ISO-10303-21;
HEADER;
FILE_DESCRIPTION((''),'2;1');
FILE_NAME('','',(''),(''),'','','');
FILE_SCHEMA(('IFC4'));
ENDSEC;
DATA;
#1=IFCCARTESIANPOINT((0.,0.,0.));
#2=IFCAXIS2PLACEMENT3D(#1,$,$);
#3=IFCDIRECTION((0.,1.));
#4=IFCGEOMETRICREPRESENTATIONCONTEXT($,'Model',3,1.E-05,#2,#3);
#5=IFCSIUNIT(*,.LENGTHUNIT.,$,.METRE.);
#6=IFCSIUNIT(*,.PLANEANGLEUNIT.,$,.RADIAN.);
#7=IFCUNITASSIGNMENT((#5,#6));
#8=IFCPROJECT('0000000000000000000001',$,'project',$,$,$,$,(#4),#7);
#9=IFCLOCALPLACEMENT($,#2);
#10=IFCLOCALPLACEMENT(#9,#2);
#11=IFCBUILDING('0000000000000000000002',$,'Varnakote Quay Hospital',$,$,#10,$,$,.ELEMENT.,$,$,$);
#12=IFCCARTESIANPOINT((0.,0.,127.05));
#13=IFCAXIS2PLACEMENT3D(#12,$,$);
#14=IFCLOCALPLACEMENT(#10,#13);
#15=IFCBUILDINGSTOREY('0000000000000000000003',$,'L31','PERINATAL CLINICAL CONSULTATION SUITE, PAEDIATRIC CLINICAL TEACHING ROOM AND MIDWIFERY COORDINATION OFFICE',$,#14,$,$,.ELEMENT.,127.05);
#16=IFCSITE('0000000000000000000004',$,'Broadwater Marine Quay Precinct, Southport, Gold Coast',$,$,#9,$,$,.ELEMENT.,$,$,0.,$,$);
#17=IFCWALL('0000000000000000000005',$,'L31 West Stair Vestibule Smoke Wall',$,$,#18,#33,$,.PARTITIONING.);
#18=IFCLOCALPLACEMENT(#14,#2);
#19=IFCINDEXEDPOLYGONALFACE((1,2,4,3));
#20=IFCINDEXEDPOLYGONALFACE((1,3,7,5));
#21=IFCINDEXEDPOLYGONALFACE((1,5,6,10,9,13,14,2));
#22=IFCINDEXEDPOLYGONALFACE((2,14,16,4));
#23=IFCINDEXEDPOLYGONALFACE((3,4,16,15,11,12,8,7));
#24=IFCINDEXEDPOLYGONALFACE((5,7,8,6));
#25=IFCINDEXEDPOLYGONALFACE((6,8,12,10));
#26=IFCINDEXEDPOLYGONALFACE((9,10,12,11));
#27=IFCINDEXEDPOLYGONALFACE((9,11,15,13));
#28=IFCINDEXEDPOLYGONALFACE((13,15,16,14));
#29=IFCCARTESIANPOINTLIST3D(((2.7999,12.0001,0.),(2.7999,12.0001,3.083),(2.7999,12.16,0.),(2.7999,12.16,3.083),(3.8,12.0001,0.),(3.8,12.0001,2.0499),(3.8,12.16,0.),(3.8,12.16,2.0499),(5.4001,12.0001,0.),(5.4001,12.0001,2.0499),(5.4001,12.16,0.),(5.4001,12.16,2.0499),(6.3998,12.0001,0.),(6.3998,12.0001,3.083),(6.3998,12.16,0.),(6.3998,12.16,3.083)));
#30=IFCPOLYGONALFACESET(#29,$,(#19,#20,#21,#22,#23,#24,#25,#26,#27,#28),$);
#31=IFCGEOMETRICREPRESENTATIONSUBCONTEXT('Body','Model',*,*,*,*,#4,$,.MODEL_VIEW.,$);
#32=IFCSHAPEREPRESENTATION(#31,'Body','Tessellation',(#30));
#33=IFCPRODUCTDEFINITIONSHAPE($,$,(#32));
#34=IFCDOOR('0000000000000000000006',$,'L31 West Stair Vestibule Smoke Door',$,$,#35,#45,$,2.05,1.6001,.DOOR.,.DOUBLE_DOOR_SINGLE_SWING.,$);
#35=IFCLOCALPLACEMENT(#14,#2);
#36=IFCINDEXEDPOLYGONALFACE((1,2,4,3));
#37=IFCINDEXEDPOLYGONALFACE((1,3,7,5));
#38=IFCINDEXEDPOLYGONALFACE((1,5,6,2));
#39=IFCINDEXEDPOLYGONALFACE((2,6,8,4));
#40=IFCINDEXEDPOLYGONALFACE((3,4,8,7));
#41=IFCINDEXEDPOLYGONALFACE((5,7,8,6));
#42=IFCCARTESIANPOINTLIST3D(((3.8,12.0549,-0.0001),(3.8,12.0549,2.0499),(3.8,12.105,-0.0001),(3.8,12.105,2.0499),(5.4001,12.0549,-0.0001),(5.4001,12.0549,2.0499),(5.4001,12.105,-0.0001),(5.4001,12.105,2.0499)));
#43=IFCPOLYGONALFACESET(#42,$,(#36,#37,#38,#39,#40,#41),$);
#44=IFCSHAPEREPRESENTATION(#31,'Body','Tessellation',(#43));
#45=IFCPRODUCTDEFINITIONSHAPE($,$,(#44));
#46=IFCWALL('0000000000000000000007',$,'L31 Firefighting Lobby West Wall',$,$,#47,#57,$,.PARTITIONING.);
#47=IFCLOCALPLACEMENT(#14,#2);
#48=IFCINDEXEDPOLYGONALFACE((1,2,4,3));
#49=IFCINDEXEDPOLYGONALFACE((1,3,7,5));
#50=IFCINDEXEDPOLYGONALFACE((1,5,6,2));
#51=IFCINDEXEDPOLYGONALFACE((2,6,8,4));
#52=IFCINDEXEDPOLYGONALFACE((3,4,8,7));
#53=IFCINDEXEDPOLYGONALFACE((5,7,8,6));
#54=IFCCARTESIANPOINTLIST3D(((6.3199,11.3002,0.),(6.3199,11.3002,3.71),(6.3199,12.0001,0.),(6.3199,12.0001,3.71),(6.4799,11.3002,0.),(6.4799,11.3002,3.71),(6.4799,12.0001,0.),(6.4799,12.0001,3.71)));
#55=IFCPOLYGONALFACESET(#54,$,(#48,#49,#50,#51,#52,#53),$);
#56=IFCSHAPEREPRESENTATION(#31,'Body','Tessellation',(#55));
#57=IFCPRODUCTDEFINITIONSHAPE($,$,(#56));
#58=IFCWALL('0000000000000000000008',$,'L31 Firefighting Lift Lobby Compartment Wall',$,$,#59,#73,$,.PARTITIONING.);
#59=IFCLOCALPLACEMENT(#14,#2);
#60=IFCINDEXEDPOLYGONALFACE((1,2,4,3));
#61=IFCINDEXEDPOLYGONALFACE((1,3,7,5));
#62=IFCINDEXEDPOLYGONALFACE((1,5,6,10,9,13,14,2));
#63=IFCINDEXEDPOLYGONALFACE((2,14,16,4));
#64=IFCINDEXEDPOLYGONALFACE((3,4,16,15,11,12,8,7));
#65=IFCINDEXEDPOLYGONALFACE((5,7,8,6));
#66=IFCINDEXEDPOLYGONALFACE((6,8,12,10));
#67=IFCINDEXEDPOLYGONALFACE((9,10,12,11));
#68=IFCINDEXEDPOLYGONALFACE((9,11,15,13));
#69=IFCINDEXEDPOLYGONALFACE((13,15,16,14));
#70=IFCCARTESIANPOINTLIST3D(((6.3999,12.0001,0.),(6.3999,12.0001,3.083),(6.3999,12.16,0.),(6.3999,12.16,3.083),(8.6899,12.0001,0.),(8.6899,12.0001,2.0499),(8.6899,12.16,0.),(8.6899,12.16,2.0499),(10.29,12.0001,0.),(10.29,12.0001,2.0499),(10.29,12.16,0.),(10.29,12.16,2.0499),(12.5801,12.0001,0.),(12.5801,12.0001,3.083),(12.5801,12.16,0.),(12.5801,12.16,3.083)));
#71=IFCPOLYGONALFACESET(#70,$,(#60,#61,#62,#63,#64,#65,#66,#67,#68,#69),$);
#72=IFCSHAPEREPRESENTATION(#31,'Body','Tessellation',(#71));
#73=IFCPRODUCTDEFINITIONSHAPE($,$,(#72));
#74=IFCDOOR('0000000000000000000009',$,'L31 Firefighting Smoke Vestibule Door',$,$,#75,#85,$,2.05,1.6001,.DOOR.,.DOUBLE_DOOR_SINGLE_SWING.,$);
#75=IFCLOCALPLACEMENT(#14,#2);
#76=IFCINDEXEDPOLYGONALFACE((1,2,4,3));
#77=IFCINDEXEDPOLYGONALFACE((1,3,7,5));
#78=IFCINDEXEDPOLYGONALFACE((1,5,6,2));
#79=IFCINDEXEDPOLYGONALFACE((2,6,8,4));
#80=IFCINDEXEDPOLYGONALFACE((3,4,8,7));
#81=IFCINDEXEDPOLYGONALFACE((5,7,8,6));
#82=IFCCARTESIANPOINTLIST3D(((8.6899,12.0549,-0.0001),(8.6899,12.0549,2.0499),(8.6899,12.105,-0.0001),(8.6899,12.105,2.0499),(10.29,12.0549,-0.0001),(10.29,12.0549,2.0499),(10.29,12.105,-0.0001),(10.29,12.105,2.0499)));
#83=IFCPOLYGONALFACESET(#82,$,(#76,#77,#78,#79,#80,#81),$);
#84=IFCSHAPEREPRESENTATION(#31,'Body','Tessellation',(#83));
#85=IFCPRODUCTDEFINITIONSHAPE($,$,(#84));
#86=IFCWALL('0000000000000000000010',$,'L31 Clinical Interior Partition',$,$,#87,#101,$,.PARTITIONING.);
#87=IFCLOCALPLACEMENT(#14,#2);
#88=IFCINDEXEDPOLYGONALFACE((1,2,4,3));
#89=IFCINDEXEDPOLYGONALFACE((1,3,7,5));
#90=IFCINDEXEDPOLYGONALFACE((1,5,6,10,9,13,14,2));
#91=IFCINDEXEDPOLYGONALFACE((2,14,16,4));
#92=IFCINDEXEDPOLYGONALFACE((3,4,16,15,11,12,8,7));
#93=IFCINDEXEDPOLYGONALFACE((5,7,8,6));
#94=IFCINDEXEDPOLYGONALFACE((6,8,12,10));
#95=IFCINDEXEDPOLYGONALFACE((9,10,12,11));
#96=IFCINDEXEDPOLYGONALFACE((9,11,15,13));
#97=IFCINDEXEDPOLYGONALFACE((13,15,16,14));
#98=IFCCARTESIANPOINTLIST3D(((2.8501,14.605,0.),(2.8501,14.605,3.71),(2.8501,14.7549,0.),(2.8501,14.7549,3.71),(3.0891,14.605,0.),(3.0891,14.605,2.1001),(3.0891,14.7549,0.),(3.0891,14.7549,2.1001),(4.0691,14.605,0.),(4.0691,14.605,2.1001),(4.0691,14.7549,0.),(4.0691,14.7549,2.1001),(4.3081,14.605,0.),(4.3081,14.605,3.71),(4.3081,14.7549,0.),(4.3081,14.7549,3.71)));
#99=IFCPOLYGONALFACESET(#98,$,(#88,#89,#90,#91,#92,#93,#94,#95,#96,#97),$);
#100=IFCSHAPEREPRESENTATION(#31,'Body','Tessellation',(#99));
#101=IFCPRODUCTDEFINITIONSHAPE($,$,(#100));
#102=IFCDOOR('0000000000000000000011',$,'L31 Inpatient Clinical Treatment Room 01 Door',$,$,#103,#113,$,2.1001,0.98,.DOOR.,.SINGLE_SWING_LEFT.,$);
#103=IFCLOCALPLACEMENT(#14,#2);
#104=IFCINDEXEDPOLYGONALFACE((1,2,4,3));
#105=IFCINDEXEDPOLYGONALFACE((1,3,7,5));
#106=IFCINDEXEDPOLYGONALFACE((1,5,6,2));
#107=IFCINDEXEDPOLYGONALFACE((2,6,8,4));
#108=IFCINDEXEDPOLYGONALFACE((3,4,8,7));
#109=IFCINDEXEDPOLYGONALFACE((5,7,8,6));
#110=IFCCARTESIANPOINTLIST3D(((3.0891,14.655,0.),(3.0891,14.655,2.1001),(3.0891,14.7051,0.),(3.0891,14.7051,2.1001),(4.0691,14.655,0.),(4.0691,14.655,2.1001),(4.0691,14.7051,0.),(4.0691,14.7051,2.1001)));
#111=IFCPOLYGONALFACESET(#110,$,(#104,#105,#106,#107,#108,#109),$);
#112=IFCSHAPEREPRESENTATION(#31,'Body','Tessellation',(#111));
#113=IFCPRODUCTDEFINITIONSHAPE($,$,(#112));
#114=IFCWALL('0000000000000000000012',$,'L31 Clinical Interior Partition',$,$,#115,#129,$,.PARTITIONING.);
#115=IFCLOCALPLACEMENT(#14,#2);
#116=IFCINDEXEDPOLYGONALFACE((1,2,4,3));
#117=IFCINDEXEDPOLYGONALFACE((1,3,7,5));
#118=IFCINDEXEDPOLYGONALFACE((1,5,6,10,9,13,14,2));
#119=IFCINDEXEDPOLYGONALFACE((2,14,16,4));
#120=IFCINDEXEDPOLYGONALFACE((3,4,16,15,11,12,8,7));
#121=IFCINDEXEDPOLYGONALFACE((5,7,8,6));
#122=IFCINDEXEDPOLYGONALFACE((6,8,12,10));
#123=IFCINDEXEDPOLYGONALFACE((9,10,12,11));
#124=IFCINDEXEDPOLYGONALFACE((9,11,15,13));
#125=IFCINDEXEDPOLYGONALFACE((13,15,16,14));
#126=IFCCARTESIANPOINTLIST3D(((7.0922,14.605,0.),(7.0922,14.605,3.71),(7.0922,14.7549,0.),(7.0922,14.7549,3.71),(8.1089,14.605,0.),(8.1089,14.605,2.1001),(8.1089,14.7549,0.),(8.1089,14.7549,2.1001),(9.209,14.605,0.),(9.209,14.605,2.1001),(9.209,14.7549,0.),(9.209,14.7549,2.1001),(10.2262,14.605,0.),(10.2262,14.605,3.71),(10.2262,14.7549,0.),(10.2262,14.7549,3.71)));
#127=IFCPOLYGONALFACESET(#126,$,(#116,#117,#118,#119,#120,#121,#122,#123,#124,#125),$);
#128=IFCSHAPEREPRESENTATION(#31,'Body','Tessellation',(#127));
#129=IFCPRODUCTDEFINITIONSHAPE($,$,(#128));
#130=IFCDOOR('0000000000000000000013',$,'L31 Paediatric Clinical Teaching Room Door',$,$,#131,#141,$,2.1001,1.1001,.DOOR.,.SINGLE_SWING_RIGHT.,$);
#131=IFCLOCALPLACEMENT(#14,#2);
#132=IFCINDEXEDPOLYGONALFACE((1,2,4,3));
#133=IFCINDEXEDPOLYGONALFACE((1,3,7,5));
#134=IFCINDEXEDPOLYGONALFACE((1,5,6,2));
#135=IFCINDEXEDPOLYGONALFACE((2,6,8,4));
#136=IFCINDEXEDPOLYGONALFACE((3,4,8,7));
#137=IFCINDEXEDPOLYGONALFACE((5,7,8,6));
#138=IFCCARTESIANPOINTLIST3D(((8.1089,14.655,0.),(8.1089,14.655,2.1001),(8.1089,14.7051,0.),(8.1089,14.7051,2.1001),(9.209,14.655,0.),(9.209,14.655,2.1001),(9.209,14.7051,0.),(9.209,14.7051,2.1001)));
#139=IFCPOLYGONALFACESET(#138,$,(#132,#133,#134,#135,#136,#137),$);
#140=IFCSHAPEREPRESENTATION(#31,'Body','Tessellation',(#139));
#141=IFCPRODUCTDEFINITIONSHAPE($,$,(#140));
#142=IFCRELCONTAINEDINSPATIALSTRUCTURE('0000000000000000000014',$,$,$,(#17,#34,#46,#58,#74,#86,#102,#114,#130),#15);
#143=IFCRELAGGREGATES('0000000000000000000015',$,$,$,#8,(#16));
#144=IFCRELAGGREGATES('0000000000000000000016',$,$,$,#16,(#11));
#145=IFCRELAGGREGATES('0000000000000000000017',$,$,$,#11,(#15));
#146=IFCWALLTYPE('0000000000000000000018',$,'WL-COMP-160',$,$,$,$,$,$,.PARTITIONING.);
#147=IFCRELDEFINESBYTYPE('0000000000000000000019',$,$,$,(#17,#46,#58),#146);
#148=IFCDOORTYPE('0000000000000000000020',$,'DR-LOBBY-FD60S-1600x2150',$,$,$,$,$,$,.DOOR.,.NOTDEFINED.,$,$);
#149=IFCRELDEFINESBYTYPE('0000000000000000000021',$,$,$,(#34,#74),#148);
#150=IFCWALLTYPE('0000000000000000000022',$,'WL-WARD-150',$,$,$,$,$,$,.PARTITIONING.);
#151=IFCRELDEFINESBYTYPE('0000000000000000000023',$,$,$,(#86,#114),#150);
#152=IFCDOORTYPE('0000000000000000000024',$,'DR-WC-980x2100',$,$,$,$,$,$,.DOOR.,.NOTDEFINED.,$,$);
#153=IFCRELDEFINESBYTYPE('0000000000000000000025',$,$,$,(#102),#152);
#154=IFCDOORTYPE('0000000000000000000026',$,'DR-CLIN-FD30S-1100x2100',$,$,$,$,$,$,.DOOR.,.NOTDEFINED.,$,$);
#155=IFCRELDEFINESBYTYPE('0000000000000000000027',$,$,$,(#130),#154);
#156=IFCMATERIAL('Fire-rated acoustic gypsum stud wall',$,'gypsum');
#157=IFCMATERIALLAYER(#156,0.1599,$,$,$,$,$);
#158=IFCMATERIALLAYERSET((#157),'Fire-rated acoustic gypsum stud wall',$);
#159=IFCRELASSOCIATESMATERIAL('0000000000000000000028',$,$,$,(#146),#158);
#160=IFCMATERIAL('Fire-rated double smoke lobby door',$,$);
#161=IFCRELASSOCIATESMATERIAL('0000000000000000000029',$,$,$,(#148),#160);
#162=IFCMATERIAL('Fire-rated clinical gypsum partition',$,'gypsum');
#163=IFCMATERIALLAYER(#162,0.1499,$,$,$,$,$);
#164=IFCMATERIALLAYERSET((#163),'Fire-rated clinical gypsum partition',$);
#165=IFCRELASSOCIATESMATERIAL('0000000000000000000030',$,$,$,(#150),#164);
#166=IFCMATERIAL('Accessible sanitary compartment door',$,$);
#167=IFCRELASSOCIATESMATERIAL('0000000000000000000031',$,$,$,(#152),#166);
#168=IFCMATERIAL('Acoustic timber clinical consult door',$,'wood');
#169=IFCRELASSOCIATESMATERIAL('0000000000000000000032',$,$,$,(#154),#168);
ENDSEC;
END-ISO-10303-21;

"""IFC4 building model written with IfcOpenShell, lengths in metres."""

from ifc_helpers import new_model, si_unit, direction, frame, frame_2d, origin, place, context, subcontext, project, spatial, rectangle, extrude, material, layer, layer_set, type_object, element, fill, save


model = new_model("IFC4")

# Units and contexts
model_context = context("Model", 3, precision=1e-05, world=origin(), true_north=direction((0.0, 1.0)))
body_context = subcontext(model_context, "Body", "Model", "MODEL_VIEW")
ifc_project = project(units=[si_unit("LENGTHUNIT", "METRE"), si_unit("PLANEANGLEUNIT", "RADIAN")], contexts=[model_context])

# Site, building, storey
site_placement = place(None, origin())
site = spatial("IfcSite", under=ifc_project, at=site_placement, Name="Broadwater Marine Quay Precinct, Southport, Gold Coast", CompositionType="ELEMENT", RefElevation=0.0)
building_placement = place(site_placement, origin())
building = spatial("IfcBuilding", under=site, at=building_placement, Name="Varnakote Quay Hospital", CompositionType="ELEMENT")
storey_placement = place(building_placement, frame((0.0, 0.0, 127.05)))
storey = spatial("IfcBuildingStorey", under=building, at=storey_placement, Name="L31", Description="PERINATAL CLINICAL CONSULTATION SUITE, PAEDIATRIC CLINICAL TEACHING ROOM AND MIDWIFERY COORDINATION OFFICE", CompositionType="ELEMENT", Elevation=127.05)

# Shared definitions
ifc_material_1 = material(Name="Fire-rated acoustic gypsum stud wall", Category="gypsum")
ifc_layer_1 = layer(ifc_material_1, 0.1599)
ifc_layer_set_1 = layer_set([ifc_layer_1], Name="Fire-rated acoustic gypsum stud wall")
wall_type_1 = type_object("IfcWallType", Name="WL-COMP-160", PredefinedType="PARTITIONING", material=ifc_layer_set_1)

# Wall, opening, door
wall_1_placement = place(storey_placement, frame((2.8, 12.0801, 0.0), z_axis=(0.0, 0.0, 1.0), x_axis=(1.0, 0.0, 0.0)))
wall_1 = element("IfcWall", 1, at=wall_1_placement, inside=storey, type_object=wall_type_1, Name="L31 West Stair Vestibule Smoke Wall", PredefinedType="PARTITIONING", context=body_context, shape_type="SweptSolid", body=[
    extrude(rectangle(XDim=3.5999, YDim=0.1599, at=frame_2d((1.7998, 0.0))), origin(), (0.0, 0.0, 1.0), 3.083),
])
opening_1_placement = place(wall_1_placement, frame((1.0, 0.0, 0.0)))
opening_1 = element("IfcOpeningElement", 2, at=opening_1_placement, cuts=wall_1, PredefinedType="OPENING", context=body_context, shape_type="SweptSolid", body=[
    extrude(rectangle(XDim=1.6001, YDim=2.05, at=frame_2d((0.8, 1.0249))), frame((0.0, 0.0898, 0.0), z_axis=(0.0, -1.0, 0.0), x_axis=(1.0, 0.0, 0.0)), (0.0, 0.0, 1.0), 0.1799),
])
ifc_material_2 = material(Name="Fire-rated double smoke lobby door")
door_type_1 = type_object("IfcDoorType", Name="DR-LOBBY-FD60S-1600x2150", OperationType="NOTDEFINED", PredefinedType="DOOR", material=ifc_material_2)
door_1_placement = place(opening_1_placement, origin())
door_1 = element("IfcDoor", 3, at=door_1_placement, inside=storey, type_object=door_type_1, Name="L31 West Stair Vestibule Smoke Door", OperationType="DOUBLE_DOOR_SINGLE_SWING", OverallHeight=2.05, OverallWidth=1.6001, PredefinedType="DOOR", context=body_context, shape_type="SweptSolid", body=[
    extrude(rectangle(XDim=1.6001, YDim=2.05, at=frame_2d((0.8, 1.0249))), frame((0.0, 0.0249, 0.0), z_axis=(0.0, -1.0, 0.0), x_axis=(1.0, 0.0, 0.0)), (0.0, 0.0, 1.0), 0.05),
])
fill(opening_1, door_1)

# Wall
wall_2_placement = place(storey_placement, frame((6.3999, 11.3, 0.0), z_axis=(0.0, 0.0, 1.0), x_axis=(0.0, 1.0, 0.0)))
element("IfcWall", 4, at=wall_2_placement, inside=storey, type_object=wall_type_1, Name="L31 Firefighting Lobby West Wall", PredefinedType="PARTITIONING", context=body_context, shape_type="SweptSolid", body=[
    extrude(rectangle(XDim=0.7, YDim=0.1599, at=frame_2d((0.3501, 0.0))), origin(), (0.0, 0.0, 1.0), 3.71),
])

# Walls, openings, doors
wall_3_placement = place(storey_placement, frame((6.3999, 12.0801, 0.0), z_axis=(0.0, 0.0, 1.0), x_axis=(1.0, 0.0, 0.0)))
wall_3 = element("IfcWall", 5, at=wall_3_placement, inside=storey, type_object=wall_type_1, Name="L31 Firefighting Lift Lobby Compartment Wall", PredefinedType="PARTITIONING", context=body_context, shape_type="SweptSolid", body=[
    extrude(rectangle(XDim=6.1802, YDim=0.1599, at=frame_2d((3.0901, 0.0))), origin(), (0.0, 0.0, 1.0), 3.083),
])
opening_2_placement = place(wall_3_placement, frame((2.29, 0.0, 0.0)))
opening_2 = element("IfcOpeningElement", 6, at=opening_2_placement, cuts=wall_3, PredefinedType="OPENING", context=body_context, shape_type="SweptSolid", body=[
    extrude(rectangle(XDim=1.6001, YDim=2.05, at=frame_2d((0.8, 1.0249))), frame((0.0, 0.0898, 0.0), z_axis=(0.0, -1.0, 0.0), x_axis=(1.0, 0.0, 0.0)), (0.0, 0.0, 1.0), 0.1799),
])
door_2_placement = place(opening_2_placement, origin())
door_2 = element("IfcDoor", 7, at=door_2_placement, inside=storey, type_object=door_type_1, Name="L31 Firefighting Smoke Vestibule Door", OperationType="DOUBLE_DOOR_SINGLE_SWING", OverallHeight=2.05, OverallWidth=1.6001, PredefinedType="DOOR", context=body_context, shape_type="SweptSolid", body=[
    extrude(rectangle(XDim=1.6001, YDim=2.05, at=frame_2d((0.8, 1.0249))), frame((0.0, 0.0249, 0.0), z_axis=(0.0, -1.0, 0.0), x_axis=(1.0, 0.0, 0.0)), (0.0, 0.0, 1.0), 0.05),
])
fill(opening_2, door_2)
ifc_material_3 = material(Name="Fire-rated clinical gypsum partition", Category="gypsum")
ifc_layer_2 = layer(ifc_material_3, 0.1499)
ifc_layer_set_2 = layer_set([ifc_layer_2], Name="Fire-rated clinical gypsum partition")
wall_type_2 = type_object("IfcWallType", Name="WL-WARD-150", PredefinedType="PARTITIONING", material=ifc_layer_set_2)
wall_4_placement = place(storey_placement, frame((4.3081, 14.6799, 0.0), z_axis=(0.0, 0.0, 1.0), x_axis=(-1.0, 0.0, 0.0)))
wall_4 = element("IfcWall", 8, at=wall_4_placement, inside=storey, type_object=wall_type_2, Name="L31 Clinical Interior Partition", PredefinedType="PARTITIONING", context=body_context, shape_type="SweptSolid", body=[
    extrude(rectangle(XDim=1.458, YDim=0.1499, at=frame_2d((0.729, 0.0))), origin(), (0.0, 0.0, 1.0), 3.71),
])
opening_3_placement = place(wall_4_placement, frame((0.239, 0.0, 0.0)))
opening_3 = element("IfcOpeningElement", 9, at=opening_3_placement, cuts=wall_4, PredefinedType="OPENING", context=body_context, shape_type="SweptSolid", body=[
    extrude(rectangle(XDim=0.98, YDim=2.1001, at=frame_2d((0.49, 1.05))), frame((0.0, 0.085, 0.0), z_axis=(0.0, -1.0, 0.0), x_axis=(1.0, 0.0, 0.0)), (0.0, 0.0, 1.0), 0.1699),
])
ifc_material_4 = material(Name="Accessible sanitary compartment door")
door_type_2 = type_object("IfcDoorType", Name="DR-WC-980x2100", OperationType="NOTDEFINED", PredefinedType="DOOR", material=ifc_material_4)
door_3_placement = place(opening_3_placement, origin())
door_3 = element("IfcDoor", 10, at=door_3_placement, inside=storey, type_object=door_type_2, Name="L31 Inpatient Clinical Treatment Room 01 Door", OperationType="SINGLE_SWING_LEFT", OverallHeight=2.1001, OverallWidth=0.98, PredefinedType="DOOR", context=body_context, shape_type="SweptSolid", body=[
    extrude(rectangle(XDim=0.98, YDim=2.1001, at=frame_2d((0.49, 1.05))), frame((0.0, 0.0249, 0.0), z_axis=(0.0, -1.0, 0.0), x_axis=(1.0, 0.0, 0.0)), (0.0, 0.0, 1.0), 0.05),
])
fill(opening_3, door_3)
wall_5_placement = place(storey_placement, frame((10.2261, 14.6799, 0.0), z_axis=(0.0, 0.0, 1.0), x_axis=(-1.0, 0.0, 0.0)))
wall_5 = element("IfcWall", 11, at=wall_5_placement, inside=storey, type_object=wall_type_2, Name="L31 Clinical Interior Partition", PredefinedType="PARTITIONING", context=body_context, shape_type="SweptSolid", body=[
    extrude(rectangle(XDim=3.134, YDim=0.1499, at=frame_2d((1.5669, 0.0))), origin(), (0.0, 0.0, 1.0), 3.71),
])
opening_4_placement = place(wall_5_placement, frame((1.0171, 0.0, 0.0)))
opening_4 = element("IfcOpeningElement", 12, at=opening_4_placement, cuts=wall_5, PredefinedType="OPENING", context=body_context, shape_type="SweptSolid", body=[
    extrude(rectangle(XDim=1.1001, YDim=2.1001, at=frame_2d((0.55, 1.05))), frame((0.0, 0.085, 0.0), z_axis=(0.0, -1.0, 0.0), x_axis=(1.0, 0.0, 0.0)), (0.0, 0.0, 1.0), 0.1699),
])
ifc_material_5 = material(Name="Acoustic timber clinical consult door", Category="wood")
door_type_3 = type_object("IfcDoorType", Name="DR-CLIN-FD30S-1100x2100", OperationType="NOTDEFINED", PredefinedType="DOOR", material=ifc_material_5)
door_4_placement = place(opening_4_placement, origin())
door_4 = element("IfcDoor", 13, at=door_4_placement, inside=storey, type_object=door_type_3, Name="L31 Paediatric Clinical Teaching Room Door", OperationType="SINGLE_SWING_RIGHT", OverallHeight=2.1001, OverallWidth=1.1001, PredefinedType="DOOR", context=body_context, shape_type="SweptSolid", body=[
    extrude(rectangle(XDim=1.1001, YDim=2.1001, at=frame_2d((0.55, 1.05))), frame((0.0, 0.0249, 0.0), z_axis=(0.0, -1.0, 0.0), x_axis=(1.0, 0.0, 0.0)), (0.0, 0.0, 1.0), 0.05),
])
fill(opening_4, door_4)

save(model, "model.ifc")
